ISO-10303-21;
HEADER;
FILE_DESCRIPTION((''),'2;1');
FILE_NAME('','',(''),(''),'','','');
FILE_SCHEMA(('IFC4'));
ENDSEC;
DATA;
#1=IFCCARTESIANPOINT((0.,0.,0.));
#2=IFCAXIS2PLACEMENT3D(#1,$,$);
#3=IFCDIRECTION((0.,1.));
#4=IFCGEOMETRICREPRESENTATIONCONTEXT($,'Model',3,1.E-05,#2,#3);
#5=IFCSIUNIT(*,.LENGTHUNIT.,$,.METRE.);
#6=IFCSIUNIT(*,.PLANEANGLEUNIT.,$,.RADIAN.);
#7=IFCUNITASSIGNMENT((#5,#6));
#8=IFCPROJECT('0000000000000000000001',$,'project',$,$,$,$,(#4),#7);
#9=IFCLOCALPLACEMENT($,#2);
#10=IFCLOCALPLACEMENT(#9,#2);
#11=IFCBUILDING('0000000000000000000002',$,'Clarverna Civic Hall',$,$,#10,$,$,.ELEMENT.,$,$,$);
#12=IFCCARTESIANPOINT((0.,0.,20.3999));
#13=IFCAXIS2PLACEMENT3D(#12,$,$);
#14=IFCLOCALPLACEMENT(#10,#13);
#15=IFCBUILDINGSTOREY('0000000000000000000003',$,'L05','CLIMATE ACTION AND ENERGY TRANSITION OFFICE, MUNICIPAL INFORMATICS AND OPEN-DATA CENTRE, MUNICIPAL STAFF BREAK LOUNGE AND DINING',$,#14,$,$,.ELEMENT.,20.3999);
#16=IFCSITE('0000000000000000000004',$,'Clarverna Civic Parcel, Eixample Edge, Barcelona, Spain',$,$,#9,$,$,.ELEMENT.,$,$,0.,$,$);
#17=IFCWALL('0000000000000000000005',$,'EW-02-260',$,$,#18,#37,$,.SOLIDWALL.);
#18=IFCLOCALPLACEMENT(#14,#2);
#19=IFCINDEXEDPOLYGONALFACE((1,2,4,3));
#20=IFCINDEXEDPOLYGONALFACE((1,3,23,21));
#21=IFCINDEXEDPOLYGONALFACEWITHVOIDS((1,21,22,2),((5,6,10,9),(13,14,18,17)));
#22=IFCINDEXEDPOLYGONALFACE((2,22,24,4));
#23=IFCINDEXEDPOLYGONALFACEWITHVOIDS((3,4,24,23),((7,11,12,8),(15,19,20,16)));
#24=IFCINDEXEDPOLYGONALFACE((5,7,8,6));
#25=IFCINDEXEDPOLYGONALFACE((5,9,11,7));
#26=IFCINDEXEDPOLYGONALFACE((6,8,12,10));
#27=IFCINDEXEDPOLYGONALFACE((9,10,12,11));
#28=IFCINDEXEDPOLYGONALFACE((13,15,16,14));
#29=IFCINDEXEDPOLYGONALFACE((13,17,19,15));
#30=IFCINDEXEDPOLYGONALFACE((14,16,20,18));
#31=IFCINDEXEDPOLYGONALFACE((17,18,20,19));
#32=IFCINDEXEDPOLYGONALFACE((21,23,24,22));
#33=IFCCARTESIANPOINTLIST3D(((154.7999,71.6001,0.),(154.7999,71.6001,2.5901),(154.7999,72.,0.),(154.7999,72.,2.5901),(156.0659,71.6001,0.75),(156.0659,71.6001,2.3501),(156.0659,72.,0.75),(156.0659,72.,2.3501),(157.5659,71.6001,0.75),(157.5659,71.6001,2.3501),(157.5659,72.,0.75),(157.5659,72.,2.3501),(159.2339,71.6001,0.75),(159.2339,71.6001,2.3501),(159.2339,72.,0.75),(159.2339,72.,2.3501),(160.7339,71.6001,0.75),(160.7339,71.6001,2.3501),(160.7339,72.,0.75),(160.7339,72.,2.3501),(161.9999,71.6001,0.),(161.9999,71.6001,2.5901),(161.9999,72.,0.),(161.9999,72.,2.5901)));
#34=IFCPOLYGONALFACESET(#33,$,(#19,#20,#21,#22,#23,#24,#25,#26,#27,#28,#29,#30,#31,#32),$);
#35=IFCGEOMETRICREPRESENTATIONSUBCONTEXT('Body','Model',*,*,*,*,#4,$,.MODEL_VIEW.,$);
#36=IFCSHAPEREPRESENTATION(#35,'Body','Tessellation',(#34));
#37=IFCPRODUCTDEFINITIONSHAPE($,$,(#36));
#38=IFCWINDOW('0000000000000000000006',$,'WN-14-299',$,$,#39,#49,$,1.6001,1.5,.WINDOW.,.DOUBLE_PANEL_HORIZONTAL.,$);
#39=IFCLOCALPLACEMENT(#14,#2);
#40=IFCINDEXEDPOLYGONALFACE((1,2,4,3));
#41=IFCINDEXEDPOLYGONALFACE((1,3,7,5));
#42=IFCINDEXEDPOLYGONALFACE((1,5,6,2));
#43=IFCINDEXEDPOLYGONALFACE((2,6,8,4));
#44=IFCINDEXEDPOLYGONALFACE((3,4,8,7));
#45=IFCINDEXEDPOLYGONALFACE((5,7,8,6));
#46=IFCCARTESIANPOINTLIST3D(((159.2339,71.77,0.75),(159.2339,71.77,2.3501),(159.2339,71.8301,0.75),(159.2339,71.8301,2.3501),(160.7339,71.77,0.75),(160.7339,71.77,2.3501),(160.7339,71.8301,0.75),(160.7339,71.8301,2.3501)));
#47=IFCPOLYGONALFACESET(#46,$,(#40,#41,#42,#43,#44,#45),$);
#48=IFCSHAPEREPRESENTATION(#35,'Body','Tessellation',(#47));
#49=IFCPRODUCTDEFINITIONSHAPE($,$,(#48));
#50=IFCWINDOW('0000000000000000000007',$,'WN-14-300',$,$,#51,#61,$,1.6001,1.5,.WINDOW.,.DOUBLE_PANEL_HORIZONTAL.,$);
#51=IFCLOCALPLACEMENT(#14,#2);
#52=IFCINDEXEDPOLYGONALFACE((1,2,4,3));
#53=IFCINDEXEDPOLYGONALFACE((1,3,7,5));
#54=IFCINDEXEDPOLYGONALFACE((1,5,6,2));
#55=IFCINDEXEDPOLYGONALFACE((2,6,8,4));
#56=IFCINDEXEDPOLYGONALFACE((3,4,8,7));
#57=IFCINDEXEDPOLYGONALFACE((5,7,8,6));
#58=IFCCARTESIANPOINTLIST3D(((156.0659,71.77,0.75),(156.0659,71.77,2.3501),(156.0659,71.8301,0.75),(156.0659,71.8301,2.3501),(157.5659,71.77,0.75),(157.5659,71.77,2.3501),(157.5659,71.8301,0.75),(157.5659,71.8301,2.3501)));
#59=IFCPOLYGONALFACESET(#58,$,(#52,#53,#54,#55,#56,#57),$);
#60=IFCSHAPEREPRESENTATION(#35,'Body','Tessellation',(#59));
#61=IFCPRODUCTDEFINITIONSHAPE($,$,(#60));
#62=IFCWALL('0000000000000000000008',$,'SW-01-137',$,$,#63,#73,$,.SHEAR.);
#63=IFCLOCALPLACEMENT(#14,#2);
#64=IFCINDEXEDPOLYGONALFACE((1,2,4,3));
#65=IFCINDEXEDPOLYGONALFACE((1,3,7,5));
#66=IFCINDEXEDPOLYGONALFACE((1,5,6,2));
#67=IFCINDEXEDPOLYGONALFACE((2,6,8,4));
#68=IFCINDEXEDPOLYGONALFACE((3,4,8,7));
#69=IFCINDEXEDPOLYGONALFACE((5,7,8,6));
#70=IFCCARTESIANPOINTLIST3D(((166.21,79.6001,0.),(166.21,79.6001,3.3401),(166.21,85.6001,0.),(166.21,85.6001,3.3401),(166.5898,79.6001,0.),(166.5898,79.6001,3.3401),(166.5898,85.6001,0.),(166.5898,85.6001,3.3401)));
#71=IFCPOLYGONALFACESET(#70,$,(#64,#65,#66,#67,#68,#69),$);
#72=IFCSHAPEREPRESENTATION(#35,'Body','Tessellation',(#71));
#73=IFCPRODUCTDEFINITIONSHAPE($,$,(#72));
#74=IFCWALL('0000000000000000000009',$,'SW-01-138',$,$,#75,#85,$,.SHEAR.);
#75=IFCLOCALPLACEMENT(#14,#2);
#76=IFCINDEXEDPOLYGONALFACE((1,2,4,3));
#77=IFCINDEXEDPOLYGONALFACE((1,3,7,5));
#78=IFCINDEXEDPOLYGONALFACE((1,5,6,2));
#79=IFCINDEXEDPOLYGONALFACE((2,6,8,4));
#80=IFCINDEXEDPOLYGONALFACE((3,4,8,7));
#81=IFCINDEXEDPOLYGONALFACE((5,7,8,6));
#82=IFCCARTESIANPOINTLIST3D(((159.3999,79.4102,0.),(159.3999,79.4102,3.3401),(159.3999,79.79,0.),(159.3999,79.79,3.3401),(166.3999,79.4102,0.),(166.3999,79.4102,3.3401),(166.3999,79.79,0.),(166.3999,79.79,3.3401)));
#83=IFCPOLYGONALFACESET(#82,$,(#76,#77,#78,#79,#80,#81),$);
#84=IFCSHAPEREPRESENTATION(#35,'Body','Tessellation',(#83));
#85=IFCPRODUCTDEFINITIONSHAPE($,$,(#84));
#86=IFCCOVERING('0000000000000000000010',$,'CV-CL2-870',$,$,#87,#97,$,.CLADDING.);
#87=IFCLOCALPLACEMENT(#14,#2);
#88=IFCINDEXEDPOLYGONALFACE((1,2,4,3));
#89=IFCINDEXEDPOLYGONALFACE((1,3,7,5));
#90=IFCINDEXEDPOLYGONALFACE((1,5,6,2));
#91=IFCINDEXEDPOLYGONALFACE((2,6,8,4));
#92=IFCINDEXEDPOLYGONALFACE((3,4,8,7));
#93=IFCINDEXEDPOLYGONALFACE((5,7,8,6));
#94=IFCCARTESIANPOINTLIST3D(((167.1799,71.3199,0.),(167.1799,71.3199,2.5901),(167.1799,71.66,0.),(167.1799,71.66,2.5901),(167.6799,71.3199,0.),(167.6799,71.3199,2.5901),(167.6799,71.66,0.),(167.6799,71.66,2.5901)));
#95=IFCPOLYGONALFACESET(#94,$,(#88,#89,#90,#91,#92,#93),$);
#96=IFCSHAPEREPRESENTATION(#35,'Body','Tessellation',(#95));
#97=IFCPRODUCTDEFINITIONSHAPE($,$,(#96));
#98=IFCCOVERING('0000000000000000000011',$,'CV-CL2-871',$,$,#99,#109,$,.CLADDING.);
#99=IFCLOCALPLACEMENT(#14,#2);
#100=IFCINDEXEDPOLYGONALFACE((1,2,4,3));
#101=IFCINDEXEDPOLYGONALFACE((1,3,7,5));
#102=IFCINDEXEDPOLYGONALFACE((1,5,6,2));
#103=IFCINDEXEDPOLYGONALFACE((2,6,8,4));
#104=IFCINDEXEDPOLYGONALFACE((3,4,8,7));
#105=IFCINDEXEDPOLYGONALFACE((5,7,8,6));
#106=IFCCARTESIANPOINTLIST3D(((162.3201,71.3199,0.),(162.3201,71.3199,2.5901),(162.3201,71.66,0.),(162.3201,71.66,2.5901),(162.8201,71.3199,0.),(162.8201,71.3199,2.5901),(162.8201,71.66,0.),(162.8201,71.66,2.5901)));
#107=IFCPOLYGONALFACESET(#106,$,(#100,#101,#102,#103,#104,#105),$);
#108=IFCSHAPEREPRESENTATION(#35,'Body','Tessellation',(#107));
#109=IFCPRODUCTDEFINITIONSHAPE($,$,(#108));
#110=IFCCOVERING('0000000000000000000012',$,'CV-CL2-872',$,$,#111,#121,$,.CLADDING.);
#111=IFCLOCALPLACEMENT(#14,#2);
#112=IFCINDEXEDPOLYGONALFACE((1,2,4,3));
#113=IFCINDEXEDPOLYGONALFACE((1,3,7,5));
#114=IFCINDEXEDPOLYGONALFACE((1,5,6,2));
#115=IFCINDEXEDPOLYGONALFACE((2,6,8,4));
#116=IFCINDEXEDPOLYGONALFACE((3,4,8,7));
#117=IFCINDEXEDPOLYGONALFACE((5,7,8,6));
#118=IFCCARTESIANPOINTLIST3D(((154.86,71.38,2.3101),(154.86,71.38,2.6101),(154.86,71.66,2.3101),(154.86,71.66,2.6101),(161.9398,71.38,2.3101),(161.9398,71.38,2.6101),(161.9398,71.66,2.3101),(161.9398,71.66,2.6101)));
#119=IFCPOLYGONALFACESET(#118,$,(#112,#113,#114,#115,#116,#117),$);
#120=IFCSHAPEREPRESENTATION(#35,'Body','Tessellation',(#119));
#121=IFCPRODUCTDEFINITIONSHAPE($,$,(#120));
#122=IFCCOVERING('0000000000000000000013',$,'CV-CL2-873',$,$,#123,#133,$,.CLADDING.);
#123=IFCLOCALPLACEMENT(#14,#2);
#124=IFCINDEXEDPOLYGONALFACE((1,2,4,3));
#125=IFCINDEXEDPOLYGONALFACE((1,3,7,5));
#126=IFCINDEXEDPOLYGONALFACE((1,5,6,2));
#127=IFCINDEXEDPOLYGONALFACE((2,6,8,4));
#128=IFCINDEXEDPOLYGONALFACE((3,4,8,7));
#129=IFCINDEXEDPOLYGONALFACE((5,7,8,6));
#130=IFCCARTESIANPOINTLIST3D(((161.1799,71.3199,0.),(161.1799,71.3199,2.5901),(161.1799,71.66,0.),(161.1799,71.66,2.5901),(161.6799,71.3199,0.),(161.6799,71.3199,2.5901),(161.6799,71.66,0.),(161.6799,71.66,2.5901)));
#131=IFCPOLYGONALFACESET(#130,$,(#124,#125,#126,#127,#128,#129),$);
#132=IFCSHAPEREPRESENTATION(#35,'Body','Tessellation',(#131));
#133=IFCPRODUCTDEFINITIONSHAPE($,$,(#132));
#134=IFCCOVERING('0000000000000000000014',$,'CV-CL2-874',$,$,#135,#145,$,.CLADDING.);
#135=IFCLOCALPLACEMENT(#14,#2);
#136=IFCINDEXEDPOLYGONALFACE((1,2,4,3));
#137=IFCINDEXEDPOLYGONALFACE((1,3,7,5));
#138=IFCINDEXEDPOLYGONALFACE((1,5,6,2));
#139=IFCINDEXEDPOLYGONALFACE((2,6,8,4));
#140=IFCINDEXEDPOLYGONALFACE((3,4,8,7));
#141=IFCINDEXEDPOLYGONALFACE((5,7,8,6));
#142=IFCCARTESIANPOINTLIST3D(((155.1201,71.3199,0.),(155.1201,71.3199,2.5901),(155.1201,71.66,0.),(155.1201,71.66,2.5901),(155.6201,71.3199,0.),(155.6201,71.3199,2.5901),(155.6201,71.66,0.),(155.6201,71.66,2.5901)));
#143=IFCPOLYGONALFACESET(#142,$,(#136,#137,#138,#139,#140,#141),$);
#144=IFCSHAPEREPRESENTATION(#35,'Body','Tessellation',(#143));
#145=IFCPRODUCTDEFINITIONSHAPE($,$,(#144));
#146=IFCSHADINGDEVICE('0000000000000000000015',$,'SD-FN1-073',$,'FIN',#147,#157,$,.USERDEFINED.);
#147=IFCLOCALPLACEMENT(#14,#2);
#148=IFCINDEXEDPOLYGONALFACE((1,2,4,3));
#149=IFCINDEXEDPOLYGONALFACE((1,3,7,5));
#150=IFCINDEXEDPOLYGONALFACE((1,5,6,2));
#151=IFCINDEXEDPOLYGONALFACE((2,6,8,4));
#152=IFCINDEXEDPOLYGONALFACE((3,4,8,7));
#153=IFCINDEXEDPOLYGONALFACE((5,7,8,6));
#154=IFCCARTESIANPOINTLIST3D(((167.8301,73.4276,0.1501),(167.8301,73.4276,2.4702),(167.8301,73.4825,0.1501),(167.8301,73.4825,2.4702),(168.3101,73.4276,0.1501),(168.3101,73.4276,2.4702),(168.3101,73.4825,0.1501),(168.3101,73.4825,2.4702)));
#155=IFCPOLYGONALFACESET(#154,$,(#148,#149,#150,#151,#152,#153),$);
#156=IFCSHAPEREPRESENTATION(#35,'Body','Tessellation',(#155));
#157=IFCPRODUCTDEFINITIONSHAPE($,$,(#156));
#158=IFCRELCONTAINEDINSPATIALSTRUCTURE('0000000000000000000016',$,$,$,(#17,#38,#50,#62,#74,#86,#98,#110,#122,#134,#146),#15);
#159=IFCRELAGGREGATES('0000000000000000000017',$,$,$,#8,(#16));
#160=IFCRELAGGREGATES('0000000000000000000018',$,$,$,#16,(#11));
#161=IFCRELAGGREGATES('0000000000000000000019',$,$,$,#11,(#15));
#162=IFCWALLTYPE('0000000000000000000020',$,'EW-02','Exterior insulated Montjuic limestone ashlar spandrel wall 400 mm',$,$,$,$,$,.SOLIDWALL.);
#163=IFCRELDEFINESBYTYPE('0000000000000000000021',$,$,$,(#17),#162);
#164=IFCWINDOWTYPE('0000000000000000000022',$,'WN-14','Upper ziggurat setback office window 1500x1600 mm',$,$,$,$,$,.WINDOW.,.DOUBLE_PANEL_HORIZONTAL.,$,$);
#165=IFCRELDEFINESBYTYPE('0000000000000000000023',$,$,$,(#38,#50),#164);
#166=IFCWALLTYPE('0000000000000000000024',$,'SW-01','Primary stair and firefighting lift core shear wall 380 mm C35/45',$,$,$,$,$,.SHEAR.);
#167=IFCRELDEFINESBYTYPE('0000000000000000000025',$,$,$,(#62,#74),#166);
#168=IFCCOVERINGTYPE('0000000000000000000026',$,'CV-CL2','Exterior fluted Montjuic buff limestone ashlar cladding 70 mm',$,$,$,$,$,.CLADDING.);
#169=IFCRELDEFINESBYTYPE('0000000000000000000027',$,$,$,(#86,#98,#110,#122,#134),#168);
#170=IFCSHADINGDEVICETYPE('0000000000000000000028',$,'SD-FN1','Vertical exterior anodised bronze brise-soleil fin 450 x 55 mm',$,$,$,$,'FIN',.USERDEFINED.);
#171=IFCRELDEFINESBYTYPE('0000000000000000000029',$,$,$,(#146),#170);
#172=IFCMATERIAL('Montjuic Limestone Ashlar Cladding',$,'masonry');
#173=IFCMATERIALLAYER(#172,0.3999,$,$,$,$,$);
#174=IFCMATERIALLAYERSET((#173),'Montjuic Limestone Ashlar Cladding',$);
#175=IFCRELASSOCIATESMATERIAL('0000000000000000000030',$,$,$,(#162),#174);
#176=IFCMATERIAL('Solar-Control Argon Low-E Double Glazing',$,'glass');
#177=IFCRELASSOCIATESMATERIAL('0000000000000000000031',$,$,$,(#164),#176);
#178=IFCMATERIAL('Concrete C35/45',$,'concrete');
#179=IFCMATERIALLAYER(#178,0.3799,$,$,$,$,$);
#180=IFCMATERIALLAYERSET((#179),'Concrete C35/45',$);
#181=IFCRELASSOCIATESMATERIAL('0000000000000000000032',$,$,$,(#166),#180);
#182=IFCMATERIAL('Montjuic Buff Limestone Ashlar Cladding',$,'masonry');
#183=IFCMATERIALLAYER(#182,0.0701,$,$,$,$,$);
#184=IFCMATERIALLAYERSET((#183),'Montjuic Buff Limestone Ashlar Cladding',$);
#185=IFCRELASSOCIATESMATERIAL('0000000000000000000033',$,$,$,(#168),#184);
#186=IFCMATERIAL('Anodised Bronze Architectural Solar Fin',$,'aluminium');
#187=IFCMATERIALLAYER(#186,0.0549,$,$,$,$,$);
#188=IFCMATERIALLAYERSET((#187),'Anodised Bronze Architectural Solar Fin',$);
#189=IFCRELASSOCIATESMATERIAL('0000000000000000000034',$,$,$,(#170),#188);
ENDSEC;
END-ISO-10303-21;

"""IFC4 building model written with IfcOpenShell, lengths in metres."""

from ifc_helpers import new_model, si_unit, direction, frame, frame_2d, origin, place, context, subcontext, project, spatial, rectangle, extrude, material, layer, layer_set, type_object, element, fill, save


model = new_model("IFC4")

# Units and contexts
model_context = context("Model", 3, precision=1e-05, world=origin(), true_north=direction((0.0, 1.0)))
body_context = subcontext(model_context, "Body", "Model", "MODEL_VIEW")
ifc_project = project(units=[si_unit("LENGTHUNIT", "METRE"), si_unit("PLANEANGLEUNIT", "RADIAN")], contexts=[model_context])

# Site, building, storey
site_placement = place(None, origin())
site = spatial("IfcSite", under=ifc_project, at=site_placement, Name="Clarverna Civic Parcel, Eixample Edge, Barcelona, Spain", CompositionType="ELEMENT", RefElevation=0.0)
building_placement = place(site_placement, origin())
building = spatial("IfcBuilding", under=site, at=building_placement, Name="Clarverna Civic Hall", CompositionType="ELEMENT")
storey_placement = place(building_placement, frame((0.0, 0.0, 20.3999)))
storey = spatial("IfcBuildingStorey", under=building, at=storey_placement, Name="L05", Description="CLIMATE ACTION AND ENERGY TRANSITION OFFICE, MUNICIPAL INFORMATICS AND OPEN-DATA CENTRE, MUNICIPAL STAFF BREAK LOUNGE AND DINING", CompositionType="ELEMENT", Elevation=20.3999)

# Shared definitions
ifc_material_1 = material(Name="Concrete C35/45", Category="concrete")

# Wall, openings, windows
ifc_material_2 = material(Name="Montjuic Limestone Ashlar Cladding", Category="masonry")
ifc_layer_1 = layer(ifc_material_2, 0.3999)
ifc_layer_set_1 = layer_set([ifc_layer_1], Name="Montjuic Limestone Ashlar Cladding")
wall_type_1 = type_object("IfcWallType", Name="EW-02", Description="Exterior insulated Montjuic limestone ashlar spandrel wall 400 mm", PredefinedType="SOLIDWALL", material=ifc_layer_set_1)
wall_1_placement = place(storey_placement, frame((162.0, 71.8, 0.0), z_axis=(0.0, 0.0, 1.0), x_axis=(-1.0, 0.0, 0.0)))
wall_1 = element("IfcWall", 1, at=wall_1_placement, inside=storey, type_object=wall_type_1, Name="EW-02-260", PredefinedType="SOLIDWALL", context=body_context, shape_type="SweptSolid", body=[
    extrude(rectangle(XDim=7.2, YDim=0.3999, at=frame_2d((3.6001, 0.0))), origin(), (0.0, 0.0, 1.0), 2.5901),
])
opening_1_placement = place(wall_1_placement, frame((1.2661, 0.0, 0.75)))
opening_1 = element("IfcOpeningElement", 2, at=opening_1_placement, cuts=wall_1, PredefinedType="OPENING", context=body_context, shape_type="SweptSolid", body=[
    extrude(rectangle(XDim=1.5, YDim=1.6001, at=frame_2d((0.75, 0.8))), frame((0.0, 0.21, 0.0), z_axis=(0.0, -1.0, 0.0), x_axis=(1.0, 0.0, 0.0)), (0.0, 0.0, 1.0), 0.4199),
])
opening_2_placement = place(wall_1_placement, frame((4.4341, 0.0, 0.75)))
opening_2 = element("IfcOpeningElement", 3, at=opening_2_placement, cuts=wall_1, PredefinedType="OPENING", context=body_context, shape_type="SweptSolid", body=[
    extrude(rectangle(XDim=1.5, YDim=1.6001, at=frame_2d((0.75, 0.8))), frame((0.0, 0.21, 0.0), z_axis=(0.0, -1.0, 0.0), x_axis=(1.0, 0.0, 0.0)), (0.0, 0.0, 1.0), 0.4199),
])
ifc_material_3 = material(Name="Solar-Control Argon Low-E Double Glazing", Category="glass")
window_type = type_object("IfcWindowType", Name="WN-14", Description="Upper ziggurat setback office window 1500x1600 mm", PartitioningType="DOUBLE_PANEL_HORIZONTAL", PredefinedType="WINDOW", material=ifc_material_3)
window_1_placement = place(opening_1_placement, origin())
window_1 = element("IfcWindow", 4, at=window_1_placement, inside=storey, type_object=window_type, Name="WN-14-299", OverallHeight=1.6001, OverallWidth=1.5, PartitioningType="DOUBLE_PANEL_HORIZONTAL", PredefinedType="WINDOW", context=body_context, shape_type="SweptSolid", body=[
    extrude(rectangle(XDim=1.5, YDim=1.6001, at=frame_2d((0.75, 0.8))), frame((0.0, 0.03, 0.0), z_axis=(0.0, -1.0, 0.0), x_axis=(1.0, 0.0, 0.0)), (0.0, 0.0, 1.0), 0.0601),
])
fill(opening_1, window_1)
window_2_placement = place(opening_2_placement, origin())
window_2 = element("IfcWindow", 5, at=window_2_placement, inside=storey, type_object=window_type, Name="WN-14-300", OverallHeight=1.6001, OverallWidth=1.5, PartitioningType="DOUBLE_PANEL_HORIZONTAL", PredefinedType="WINDOW", context=body_context, shape_type="SweptSolid", body=[
    extrude(rectangle(XDim=1.5, YDim=1.6001, at=frame_2d((0.75, 0.8))), frame((0.0, 0.03, 0.0), z_axis=(0.0, -1.0, 0.0), x_axis=(1.0, 0.0, 0.0)), (0.0, 0.0, 1.0), 0.0601),
])
fill(opening_2, window_2)

# Shared definitions
ifc_layer_2 = layer(ifc_material_1, 0.3799)
ifc_layer_set_2 = layer_set([ifc_layer_2], Name="Concrete C35/45")
wall_type_2 = type_object("IfcWallType", Name="SW-01", Description="Primary stair and firefighting lift core shear wall 380 mm C35/45", PredefinedType="SHEAR", material=ifc_layer_set_2)

# Walls
wall_2_placement = place(storey_placement, frame((166.3999, 79.6001, 0.0), z_axis=(0.0, 0.0, 1.0), x_axis=(0.0, 1.0, 0.0)))
element("IfcWall", 6, at=wall_2_placement, inside=storey, type_object=wall_type_2, Name="SW-01-137", PredefinedType="SHEAR", context=body_context, shape_type="SweptSolid", body=[
    extrude(rectangle(XDim=6.0, YDim=0.3799, at=frame_2d((3.0, 0.0))), origin(), (0.0, 0.0, 1.0), 3.3401),
])
wall_3_placement = place(storey_placement, frame((159.3999, 79.6001, 0.0), z_axis=(0.0, 0.0, 1.0), x_axis=(1.0, 0.0, 0.0)))
element("IfcWall", 7, at=wall_3_placement, inside=storey, type_object=wall_type_2, Name="SW-01-138", PredefinedType="SHEAR", context=body_context, shape_type="SweptSolid", body=[
    extrude(rectangle(XDim=7.0, YDim=0.3799, at=frame_2d((3.5, 0.0))), origin(), (0.0, 0.0, 1.0), 3.3401),
])

# Coverings
ifc_material_4 = material(Name="Montjuic Buff Limestone Ashlar Cladding", Category="masonry")
ifc_layer_3 = layer(ifc_material_4, 0.0701)
ifc_layer_set_3 = layer_set([ifc_layer_3], Name="Montjuic Buff Limestone Ashlar Cladding")
covering_type = type_object("IfcCoveringType", Name="CV-CL2", Description="Exterior fluted Montjuic buff limestone ashlar cladding 70 mm", PredefinedType="CLADDING", material=ifc_layer_set_3)
for number, where, z_axis, x_axis, name in (
    (8, (167.6799, 71.49, 0.0), (0.0, 0.0, 1.0), (-1.0, 0.0, 0.0), "CV-CL2-870"),
    (9, (162.8201, 71.49, 0.0), (0.0, 0.0, 1.0), (-1.0, 0.0, 0.0), "CV-CL2-871"),
):
    element("IfcCovering", number, at=place(storey_placement, frame(where, z_axis=z_axis, x_axis=x_axis)), inside=storey, type_object=covering_type, Name=name, PredefinedType="CLADDING", context=body_context, shape_type="SweptSolid", body=[
        extrude(rectangle(XDim=0.5, YDim=0.3401, at=frame_2d((0.25, 0.0))), origin(), (0.0, 0.0, 1.0), 2.5901),
    ])
covering_placement = place(storey_placement, frame((161.9399, 71.52, 2.3101), z_axis=(0.0, 0.0, 1.0), x_axis=(-1.0, 0.0, 0.0)))
element("IfcCovering", 10, at=covering_placement, inside=storey, type_object=covering_type, Name="CV-CL2-872", PredefinedType="CLADDING", context=body_context, shape_type="SweptSolid", body=[
    extrude(rectangle(XDim=7.0798, YDim=0.28, at=frame_2d((3.54, 0.0))), origin(), (0.0, 0.0, 1.0), 0.3),
])
for number, where, z_axis, x_axis, name in (
    (11, (161.6799, 71.49, 0.0), (0.0, 0.0, 1.0), (-1.0, 0.0, 0.0), "CV-CL2-873"),
    (12, (155.6201, 71.49, 0.0), (0.0, 0.0, 1.0), (-1.0, 0.0, 0.0), "CV-CL2-874"),
):
    element("IfcCovering", number, at=place(storey_placement, frame(where, z_axis=z_axis, x_axis=x_axis)), inside=storey, type_object=covering_type, Name=name, PredefinedType="CLADDING", context=body_context, shape_type="SweptSolid", body=[
        extrude(rectangle(XDim=0.5, YDim=0.3401, at=frame_2d((0.25, 0.0))), origin(), (0.0, 0.0, 1.0), 2.5901),
    ])

# Shading device
ifc_material_5 = material(Name="Anodised Bronze Architectural Solar Fin", Category="aluminium")
ifc_layer_4 = layer(ifc_material_5, 0.0549)
ifc_layer_set_4 = layer_set([ifc_layer_4], Name="Anodised Bronze Architectural Solar Fin")
shading_device_type = type_object("IfcShadingDeviceType", Name="SD-FN1", Description="Vertical exterior anodised bronze brise-soleil fin 450 x 55 mm", ElementType="FIN", PredefinedType="USERDEFINED", material=ifc_layer_set_4)
shading_device_placement = place(storey_placement, frame((167.8301, 73.4551, 0.1501), z_axis=(0.0, 0.0, 1.0), x_axis=(1.0, 0.0, 0.0)))
element("IfcShadingDevice", 13, at=shading_device_placement, inside=storey, type_object=shading_device_type, Name="SD-FN1-073", ObjectType="FIN", PredefinedType="USERDEFINED", context=body_context, shape_type="SweptSolid", body=[
    extrude(rectangle(XDim=0.48, YDim=0.0549, at=frame_2d((0.24, 0.0))), origin(), (0.0, 0.0, 1.0), 2.3201),
])

save(model, "model.ifc")
